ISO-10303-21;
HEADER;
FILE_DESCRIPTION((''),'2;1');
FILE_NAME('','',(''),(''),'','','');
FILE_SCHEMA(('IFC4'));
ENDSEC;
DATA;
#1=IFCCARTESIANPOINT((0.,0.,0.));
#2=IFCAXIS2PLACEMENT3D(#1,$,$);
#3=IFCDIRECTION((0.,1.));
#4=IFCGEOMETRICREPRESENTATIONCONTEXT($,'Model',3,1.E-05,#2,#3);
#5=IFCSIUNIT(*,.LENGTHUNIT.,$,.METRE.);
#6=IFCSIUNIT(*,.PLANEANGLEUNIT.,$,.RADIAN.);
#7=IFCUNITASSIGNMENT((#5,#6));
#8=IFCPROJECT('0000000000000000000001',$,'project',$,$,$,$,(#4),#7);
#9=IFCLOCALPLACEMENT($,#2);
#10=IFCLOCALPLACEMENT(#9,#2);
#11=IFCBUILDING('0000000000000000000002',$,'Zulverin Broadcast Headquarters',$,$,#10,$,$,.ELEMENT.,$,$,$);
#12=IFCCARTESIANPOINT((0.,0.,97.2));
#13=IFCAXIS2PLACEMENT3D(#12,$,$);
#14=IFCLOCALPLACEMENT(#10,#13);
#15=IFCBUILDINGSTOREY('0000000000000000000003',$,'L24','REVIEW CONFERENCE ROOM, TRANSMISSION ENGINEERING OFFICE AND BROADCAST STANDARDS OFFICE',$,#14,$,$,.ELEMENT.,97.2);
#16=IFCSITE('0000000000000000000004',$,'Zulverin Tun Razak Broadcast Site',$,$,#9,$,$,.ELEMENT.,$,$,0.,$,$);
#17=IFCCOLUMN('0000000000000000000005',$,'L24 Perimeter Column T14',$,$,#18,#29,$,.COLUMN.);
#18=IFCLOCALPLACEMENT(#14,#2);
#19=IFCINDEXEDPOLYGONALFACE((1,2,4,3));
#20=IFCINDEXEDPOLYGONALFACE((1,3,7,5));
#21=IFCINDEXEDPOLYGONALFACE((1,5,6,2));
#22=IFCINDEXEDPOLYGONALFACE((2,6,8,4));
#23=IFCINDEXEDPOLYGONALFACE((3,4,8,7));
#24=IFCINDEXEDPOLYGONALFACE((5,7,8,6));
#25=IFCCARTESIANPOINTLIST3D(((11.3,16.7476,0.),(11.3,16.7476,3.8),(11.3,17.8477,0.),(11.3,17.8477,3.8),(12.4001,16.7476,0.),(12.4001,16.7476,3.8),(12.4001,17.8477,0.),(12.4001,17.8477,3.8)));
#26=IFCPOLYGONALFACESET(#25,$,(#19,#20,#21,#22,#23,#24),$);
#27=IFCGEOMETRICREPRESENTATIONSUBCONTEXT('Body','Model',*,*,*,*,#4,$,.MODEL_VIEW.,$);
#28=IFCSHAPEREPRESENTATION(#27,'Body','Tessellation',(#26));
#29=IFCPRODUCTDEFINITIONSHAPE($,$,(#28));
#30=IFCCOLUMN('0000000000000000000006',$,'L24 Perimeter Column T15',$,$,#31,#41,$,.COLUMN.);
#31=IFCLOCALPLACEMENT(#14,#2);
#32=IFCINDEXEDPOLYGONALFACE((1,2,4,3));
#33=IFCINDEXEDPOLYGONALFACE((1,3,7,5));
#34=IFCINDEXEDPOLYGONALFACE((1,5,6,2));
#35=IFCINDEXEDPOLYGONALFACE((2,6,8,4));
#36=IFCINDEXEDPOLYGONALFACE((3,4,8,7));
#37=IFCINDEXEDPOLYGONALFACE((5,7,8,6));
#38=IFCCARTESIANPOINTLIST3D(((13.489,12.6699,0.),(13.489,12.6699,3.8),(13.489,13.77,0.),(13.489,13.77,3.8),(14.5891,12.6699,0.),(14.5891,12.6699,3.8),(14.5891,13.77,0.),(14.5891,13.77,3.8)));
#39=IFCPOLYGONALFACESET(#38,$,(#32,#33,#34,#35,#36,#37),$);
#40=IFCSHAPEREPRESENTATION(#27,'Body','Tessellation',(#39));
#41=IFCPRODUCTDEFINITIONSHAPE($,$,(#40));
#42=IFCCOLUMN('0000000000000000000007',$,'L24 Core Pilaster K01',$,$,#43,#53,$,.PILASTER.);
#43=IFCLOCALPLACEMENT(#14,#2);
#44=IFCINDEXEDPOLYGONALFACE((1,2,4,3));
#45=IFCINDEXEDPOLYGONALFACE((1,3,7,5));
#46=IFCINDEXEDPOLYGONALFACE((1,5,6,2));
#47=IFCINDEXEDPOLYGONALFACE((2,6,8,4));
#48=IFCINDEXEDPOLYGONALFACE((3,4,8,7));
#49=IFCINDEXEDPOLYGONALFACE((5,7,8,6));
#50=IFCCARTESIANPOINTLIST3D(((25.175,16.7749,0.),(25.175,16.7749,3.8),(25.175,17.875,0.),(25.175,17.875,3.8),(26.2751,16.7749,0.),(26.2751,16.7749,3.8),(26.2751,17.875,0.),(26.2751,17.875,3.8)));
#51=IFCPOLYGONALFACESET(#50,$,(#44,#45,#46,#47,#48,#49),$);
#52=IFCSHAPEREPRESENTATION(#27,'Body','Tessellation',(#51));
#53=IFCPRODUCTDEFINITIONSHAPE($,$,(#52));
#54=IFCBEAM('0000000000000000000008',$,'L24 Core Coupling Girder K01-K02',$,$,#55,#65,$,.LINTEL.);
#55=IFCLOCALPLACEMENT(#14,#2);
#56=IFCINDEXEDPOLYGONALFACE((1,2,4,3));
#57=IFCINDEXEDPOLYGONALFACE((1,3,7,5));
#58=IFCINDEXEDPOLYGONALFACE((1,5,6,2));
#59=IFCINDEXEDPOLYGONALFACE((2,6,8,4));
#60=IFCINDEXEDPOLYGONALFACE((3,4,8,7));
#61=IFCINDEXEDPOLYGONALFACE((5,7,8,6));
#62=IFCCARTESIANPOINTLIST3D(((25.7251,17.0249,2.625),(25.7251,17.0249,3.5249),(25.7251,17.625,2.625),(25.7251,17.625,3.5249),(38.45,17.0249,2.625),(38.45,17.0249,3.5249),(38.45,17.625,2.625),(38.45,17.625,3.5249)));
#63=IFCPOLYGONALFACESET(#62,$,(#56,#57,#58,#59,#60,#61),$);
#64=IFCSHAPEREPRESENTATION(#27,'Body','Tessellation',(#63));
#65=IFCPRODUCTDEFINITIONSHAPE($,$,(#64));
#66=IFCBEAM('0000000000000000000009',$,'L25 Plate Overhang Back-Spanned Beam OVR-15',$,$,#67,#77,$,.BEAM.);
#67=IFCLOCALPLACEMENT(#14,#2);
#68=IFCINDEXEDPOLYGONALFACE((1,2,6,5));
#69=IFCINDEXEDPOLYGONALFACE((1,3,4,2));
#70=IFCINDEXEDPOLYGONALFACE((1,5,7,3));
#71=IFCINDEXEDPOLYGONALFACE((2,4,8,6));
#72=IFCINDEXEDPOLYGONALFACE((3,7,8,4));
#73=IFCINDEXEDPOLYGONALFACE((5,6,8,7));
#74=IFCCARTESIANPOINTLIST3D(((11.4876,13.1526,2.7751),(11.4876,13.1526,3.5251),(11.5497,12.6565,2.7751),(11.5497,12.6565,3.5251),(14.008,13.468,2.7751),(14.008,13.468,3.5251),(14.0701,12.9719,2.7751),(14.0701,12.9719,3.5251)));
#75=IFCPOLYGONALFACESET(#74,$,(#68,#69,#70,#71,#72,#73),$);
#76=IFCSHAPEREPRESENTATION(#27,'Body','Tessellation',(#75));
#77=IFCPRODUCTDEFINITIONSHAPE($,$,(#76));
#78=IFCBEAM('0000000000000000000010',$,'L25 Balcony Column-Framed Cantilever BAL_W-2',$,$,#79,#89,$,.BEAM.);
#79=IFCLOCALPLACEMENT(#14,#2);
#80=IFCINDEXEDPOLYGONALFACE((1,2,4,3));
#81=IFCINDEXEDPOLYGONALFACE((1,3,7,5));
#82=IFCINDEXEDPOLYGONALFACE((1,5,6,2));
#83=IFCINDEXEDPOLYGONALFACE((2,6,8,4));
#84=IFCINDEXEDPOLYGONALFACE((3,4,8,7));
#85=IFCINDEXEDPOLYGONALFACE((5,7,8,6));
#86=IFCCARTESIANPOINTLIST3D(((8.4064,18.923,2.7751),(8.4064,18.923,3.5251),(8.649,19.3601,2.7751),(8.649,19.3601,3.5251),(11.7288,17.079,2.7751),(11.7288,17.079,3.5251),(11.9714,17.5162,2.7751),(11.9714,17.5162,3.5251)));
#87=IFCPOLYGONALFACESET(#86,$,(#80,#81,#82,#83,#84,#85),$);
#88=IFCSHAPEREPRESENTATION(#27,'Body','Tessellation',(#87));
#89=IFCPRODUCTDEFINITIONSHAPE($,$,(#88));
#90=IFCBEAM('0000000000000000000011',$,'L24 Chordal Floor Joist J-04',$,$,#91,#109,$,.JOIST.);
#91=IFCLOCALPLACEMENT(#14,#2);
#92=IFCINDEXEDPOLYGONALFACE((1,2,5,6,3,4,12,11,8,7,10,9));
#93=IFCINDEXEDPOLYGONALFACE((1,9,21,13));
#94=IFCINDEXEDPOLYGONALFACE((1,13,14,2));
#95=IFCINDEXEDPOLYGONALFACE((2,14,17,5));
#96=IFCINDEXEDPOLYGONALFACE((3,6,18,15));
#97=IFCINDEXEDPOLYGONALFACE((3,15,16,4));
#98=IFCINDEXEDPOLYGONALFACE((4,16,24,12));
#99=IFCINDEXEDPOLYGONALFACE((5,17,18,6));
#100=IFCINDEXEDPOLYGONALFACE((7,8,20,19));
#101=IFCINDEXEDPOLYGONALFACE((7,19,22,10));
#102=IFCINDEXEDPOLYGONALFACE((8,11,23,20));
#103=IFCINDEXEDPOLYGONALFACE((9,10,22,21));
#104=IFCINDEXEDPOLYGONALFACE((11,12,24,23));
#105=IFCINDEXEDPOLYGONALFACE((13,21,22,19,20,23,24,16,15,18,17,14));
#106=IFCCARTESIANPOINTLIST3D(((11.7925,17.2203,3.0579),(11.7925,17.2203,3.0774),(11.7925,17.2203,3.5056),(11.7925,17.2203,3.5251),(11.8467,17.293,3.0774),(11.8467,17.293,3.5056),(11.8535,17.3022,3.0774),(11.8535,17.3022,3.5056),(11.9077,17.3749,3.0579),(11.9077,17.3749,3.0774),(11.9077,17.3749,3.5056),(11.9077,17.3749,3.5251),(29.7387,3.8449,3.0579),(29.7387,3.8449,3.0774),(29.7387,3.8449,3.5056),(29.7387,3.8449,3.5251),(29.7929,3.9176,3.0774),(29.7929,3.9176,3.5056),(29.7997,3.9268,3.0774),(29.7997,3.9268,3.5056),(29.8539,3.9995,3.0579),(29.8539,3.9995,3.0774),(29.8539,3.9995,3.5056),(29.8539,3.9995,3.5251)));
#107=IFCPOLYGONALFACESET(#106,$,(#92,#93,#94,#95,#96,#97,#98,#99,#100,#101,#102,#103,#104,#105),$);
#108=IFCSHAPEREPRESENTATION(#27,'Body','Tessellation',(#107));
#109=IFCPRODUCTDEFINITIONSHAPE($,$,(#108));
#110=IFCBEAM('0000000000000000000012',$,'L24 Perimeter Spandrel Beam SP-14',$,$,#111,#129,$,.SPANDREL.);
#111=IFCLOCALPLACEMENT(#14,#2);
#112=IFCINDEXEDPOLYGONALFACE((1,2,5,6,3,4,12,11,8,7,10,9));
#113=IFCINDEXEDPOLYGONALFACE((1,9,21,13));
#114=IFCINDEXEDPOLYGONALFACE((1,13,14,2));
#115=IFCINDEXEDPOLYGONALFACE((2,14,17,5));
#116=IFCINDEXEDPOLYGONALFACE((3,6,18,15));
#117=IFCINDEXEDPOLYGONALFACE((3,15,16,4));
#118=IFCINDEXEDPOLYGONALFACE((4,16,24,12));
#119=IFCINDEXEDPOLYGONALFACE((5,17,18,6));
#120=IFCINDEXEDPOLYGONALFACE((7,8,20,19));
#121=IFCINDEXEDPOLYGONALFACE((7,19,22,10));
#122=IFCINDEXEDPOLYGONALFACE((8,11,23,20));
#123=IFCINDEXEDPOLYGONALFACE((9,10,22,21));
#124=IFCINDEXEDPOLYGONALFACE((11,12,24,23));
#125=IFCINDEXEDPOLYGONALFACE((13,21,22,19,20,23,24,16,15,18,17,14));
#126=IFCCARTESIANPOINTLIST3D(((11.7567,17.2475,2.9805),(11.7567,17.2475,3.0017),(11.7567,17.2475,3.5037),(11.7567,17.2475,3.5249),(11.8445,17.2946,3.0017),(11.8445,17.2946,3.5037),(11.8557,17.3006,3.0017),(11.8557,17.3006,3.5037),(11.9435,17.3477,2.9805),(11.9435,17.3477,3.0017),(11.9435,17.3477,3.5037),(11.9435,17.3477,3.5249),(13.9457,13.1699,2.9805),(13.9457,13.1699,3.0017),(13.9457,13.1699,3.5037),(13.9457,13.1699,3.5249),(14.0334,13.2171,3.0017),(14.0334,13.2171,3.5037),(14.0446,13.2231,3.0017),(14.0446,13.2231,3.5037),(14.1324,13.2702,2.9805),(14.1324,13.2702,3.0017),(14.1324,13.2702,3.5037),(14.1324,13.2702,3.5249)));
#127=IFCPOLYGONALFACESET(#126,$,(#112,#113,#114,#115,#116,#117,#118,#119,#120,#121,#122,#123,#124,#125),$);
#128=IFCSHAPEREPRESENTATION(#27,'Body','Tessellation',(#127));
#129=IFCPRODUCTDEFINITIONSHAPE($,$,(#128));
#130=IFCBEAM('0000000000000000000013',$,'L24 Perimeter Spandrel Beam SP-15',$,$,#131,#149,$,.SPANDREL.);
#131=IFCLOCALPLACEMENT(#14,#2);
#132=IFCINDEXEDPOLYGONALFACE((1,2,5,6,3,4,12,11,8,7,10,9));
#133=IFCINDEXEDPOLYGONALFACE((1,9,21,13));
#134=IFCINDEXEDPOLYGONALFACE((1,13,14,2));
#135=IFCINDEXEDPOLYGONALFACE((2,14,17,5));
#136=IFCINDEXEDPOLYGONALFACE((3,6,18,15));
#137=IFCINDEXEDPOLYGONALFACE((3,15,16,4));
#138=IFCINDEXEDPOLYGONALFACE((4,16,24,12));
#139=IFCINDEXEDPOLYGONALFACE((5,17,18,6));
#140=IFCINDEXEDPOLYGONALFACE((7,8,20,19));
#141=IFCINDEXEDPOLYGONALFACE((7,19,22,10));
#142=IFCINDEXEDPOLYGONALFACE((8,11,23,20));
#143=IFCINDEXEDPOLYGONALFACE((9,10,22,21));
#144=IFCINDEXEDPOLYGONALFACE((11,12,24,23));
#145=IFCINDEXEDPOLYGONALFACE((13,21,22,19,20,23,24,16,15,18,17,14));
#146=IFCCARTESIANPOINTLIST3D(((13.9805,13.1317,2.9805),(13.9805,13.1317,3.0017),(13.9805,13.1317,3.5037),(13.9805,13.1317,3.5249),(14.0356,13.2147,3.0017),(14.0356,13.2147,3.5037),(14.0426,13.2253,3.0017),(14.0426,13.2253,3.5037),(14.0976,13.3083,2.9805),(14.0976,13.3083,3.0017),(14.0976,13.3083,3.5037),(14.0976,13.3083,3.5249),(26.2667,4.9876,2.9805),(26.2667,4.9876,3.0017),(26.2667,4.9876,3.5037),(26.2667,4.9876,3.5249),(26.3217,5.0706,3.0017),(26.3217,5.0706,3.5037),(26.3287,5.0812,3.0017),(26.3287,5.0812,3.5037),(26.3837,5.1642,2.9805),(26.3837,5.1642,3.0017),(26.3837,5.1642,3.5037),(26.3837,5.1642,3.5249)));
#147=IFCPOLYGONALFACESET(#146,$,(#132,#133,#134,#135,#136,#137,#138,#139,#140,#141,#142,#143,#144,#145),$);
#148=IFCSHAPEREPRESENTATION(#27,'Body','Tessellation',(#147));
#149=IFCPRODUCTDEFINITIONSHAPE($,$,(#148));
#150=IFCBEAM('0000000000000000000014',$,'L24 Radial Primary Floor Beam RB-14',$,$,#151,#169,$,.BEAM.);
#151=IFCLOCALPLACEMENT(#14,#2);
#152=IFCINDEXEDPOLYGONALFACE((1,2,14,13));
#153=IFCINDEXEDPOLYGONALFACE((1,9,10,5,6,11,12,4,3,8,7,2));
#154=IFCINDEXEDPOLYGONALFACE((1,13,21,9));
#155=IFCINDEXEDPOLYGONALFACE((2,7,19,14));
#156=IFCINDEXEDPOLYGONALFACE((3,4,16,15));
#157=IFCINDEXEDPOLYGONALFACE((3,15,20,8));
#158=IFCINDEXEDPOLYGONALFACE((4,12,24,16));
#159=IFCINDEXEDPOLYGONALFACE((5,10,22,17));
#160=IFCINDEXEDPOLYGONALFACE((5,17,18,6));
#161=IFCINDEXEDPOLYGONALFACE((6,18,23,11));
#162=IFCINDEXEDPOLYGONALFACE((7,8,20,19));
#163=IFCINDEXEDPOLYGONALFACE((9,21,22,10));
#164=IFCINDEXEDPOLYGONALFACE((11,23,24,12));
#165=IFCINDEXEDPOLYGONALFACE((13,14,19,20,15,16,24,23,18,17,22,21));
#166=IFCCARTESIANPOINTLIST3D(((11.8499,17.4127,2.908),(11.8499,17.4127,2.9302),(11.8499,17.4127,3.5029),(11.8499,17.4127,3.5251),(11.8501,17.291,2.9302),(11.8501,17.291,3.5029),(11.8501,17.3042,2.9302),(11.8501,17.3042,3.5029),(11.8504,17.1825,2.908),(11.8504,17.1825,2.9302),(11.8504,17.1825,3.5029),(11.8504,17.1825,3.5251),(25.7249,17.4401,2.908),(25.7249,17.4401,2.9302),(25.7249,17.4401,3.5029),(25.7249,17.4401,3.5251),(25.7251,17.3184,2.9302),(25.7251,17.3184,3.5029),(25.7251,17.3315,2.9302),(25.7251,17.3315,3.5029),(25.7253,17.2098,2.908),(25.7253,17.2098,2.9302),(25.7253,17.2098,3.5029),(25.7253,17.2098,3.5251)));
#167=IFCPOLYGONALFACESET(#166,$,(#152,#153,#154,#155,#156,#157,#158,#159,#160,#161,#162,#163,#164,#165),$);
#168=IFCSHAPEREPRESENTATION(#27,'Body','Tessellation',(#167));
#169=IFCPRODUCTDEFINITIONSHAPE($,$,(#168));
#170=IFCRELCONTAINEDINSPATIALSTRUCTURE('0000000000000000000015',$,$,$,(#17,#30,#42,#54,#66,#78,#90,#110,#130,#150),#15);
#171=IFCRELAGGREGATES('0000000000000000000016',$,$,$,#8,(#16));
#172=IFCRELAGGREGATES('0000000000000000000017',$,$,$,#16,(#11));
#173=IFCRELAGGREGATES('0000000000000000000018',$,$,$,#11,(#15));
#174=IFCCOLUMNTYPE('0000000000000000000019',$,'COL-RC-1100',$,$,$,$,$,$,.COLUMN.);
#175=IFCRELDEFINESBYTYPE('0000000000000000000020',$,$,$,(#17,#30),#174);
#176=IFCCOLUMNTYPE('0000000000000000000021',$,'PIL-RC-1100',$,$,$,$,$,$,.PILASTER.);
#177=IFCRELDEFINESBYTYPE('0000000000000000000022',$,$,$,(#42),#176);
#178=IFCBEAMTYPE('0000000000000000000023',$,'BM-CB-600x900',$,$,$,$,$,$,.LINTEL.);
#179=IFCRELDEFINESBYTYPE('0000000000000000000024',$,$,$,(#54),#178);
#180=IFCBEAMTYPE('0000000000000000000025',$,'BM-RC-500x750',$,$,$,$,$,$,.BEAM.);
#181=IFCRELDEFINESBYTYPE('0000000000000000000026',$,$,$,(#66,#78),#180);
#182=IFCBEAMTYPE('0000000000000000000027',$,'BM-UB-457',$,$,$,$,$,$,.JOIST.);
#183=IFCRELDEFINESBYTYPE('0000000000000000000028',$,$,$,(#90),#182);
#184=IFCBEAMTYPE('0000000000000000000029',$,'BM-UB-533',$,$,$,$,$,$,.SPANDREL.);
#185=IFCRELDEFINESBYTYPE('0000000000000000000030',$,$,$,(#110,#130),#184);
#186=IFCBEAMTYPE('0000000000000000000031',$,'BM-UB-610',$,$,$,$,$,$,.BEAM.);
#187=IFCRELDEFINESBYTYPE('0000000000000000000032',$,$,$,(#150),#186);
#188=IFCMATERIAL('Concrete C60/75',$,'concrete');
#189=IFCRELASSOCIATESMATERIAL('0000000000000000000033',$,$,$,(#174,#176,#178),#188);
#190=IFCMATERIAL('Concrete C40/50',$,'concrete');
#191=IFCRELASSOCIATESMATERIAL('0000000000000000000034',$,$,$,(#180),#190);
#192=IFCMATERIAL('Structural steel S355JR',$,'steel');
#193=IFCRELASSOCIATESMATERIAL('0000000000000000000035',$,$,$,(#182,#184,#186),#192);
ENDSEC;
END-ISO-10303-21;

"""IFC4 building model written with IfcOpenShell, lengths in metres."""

from ifc_helpers import new_model, si_unit, direction, frame, origin, origin_2d, place, context, subcontext, project, spatial, rectangle, i_section, extrude, material, material_profile, profile_set, type_object, element, save


model = new_model("IFC4")

# Units and contexts
model_context = context("Model", 3, precision=1e-05, world=origin(), true_north=direction((0.0, 1.0)))
body_context = subcontext(model_context, "Body", "Model", "MODEL_VIEW")
ifc_project = project(units=[si_unit("LENGTHUNIT", "METRE"), si_unit("PLANEANGLEUNIT", "RADIAN")], contexts=[model_context])

# Site, building, storey
site_placement = place(None, origin())
site = spatial("IfcSite", under=ifc_project, at=site_placement, Name="Zulverin Tun Razak Broadcast Site", CompositionType="ELEMENT", RefElevation=0.0)
building_placement = place(site_placement, origin())
building = spatial("IfcBuilding", under=site, at=building_placement, Name="Zulverin Broadcast Headquarters", CompositionType="ELEMENT")
storey_placement = place(building_placement, frame((0.0, 0.0, 97.2)))
storey = spatial("IfcBuildingStorey", under=building, at=storey_placement, Name="L24", Description="REVIEW CONFERENCE ROOM, TRANSMISSION ENGINEERING OFFICE AND BROADCAST STANDARDS OFFICE", CompositionType="ELEMENT", Elevation=97.2)

# Columns
ifc_material_1 = material(Name="Concrete C60/75", Category="concrete")
ifc_material_profile_1 = material_profile(ifc_material_1, rectangle(XDim=1.1001, YDim=1.1001, at=origin_2d()), Name="Concrete C60/75", Category="concrete")
ifc_profile_set_1 = profile_set([ifc_material_profile_1], Name="Concrete C60/75")
column_type_1 = type_object("IfcColumnType", Name="COL-RC-1100", PredefinedType="COLUMN", material=ifc_profile_set_1)
for number, where, z_axis, x_axis, name in (
    (1, (11.8501, 17.2976, 0.0), (0.0, 0.0, 1.0), (1.0, 0.0, 0.0), "L24 Perimeter Column T14"),
    (2, (14.0391, 13.22, 0.0), (0.0, 0.0, 1.0), (1.0, 0.0, 0.0), "L24 Perimeter Column T15"),
):
    element("IfcColumn", number, at=place(storey_placement, frame(where, z_axis=z_axis, x_axis=x_axis)), inside=storey, type_object=column_type_1, Name=name, PredefinedType="COLUMN", context=body_context, shape_type="SweptSolid", body=[
        extrude(rectangle(XDim=1.1001, YDim=1.1001, at=origin_2d()), origin(), (0.0, 0.0, 1.0), 3.8),
    ])
ifc_material_profile_2 = material_profile(ifc_material_1, rectangle(XDim=1.1001, YDim=1.1001, at=origin_2d()), Name="Concrete C60/75", Category="concrete")
ifc_profile_set_2 = profile_set([ifc_material_profile_2], Name="Concrete C60/75")
column_type_2 = type_object("IfcColumnType", Name="PIL-RC-1100", PredefinedType="PILASTER", material=ifc_profile_set_2)
column_placement = place(storey_placement, frame((25.7251, 17.325, 0.0), z_axis=(0.0, 0.0, 1.0), x_axis=(1.0, 0.0, 0.0)))
element("IfcColumn", 3, at=column_placement, inside=storey, type_object=column_type_2, Name="L24 Core Pilaster K01", PredefinedType="PILASTER", context=body_context, shape_type="SweptSolid", body=[
    extrude(rectangle(XDim=1.1001, YDim=1.1001, at=origin_2d()), origin(), (0.0, 0.0, 1.0), 3.8),
])

# Beams
ifc_material_profile_3 = material_profile(ifc_material_1, rectangle(XDim=0.6001, YDim=0.8999, at=origin_2d()), Name="Concrete C60/75", Category="concrete")
ifc_profile_set_3 = profile_set([ifc_material_profile_3], Name="Concrete C60/75")
beam_type_1 = type_object("IfcBeamType", Name="BM-CB-600x900", PredefinedType="LINTEL", material=ifc_profile_set_3)
beam_1_placement = place(storey_placement, frame((25.7251, 17.325, 3.075), z_axis=(1.0, 0.0, 0.0), x_axis=(0.0, 1.0, 0.0)))
element("IfcBeam", 4, at=beam_1_placement, inside=storey, type_object=beam_type_1, Name="L24 Core Coupling Girder K01-K02", PredefinedType="LINTEL", context=body_context, shape_type="SweptSolid", body=[
    extrude(rectangle(XDim=0.6001, YDim=0.8999, at=origin_2d()), origin(), (0.0, 0.0, 1.0), 12.7249),
])
ifc_material_2 = material(Name="Concrete C40/50", Category="concrete")
ifc_material_profile_4 = material_profile(ifc_material_2, rectangle(XDim=0.5, YDim=0.75, at=origin_2d()), Name="Concrete C40/50", Category="concrete")
ifc_profile_set_4 = profile_set([ifc_material_profile_4], Name="Concrete C40/50")
beam_type_2 = type_object("IfcBeamType", Name="BM-RC-500x750", PredefinedType="BEAM", material=ifc_profile_set_4)
beam_2_placement = place(storey_placement, frame((14.0391, 13.22, 3.1501), z_axis=(-0.992259, -0.124189, 0.0), x_axis=(0.124189, -0.992259, 0.0)))
element("IfcBeam", 5, at=beam_2_placement, inside=storey, type_object=beam_type_2, Name="L25 Plate Overhang Back-Spanned Beam OVR-15", PredefinedType="BEAM", context=body_context, shape_type="SweptSolid", body=[
    extrude(rectangle(XDim=0.5, YDim=0.75, at=origin_2d()), origin(), (0.0, 0.0, 1.0), 2.54),
])
beam_3_placement = place(storey_placement, frame((11.8501, 17.2976, 3.1501), z_axis=(-0.874363, 0.485272, 0.0), x_axis=(-0.485272, -0.874363, 0.0)))
element("IfcBeam", 6, at=beam_3_placement, inside=storey, type_object=beam_type_2, Name="L25 Balcony Column-Framed Cantilever BAL_W-2", PredefinedType="BEAM", context=body_context, shape_type="SweptSolid", body=[
    extrude(rectangle(XDim=0.5, YDim=0.75, at=origin_2d()), origin(), (0.0, 0.0, 1.0), 3.7998),
])
ifc_material_3 = material(Name="Structural steel S355JR", Category="steel")
ifc_material_profile_5 = material_profile(ifc_material_3, i_section(OverallWidth=0.1929, OverallDepth=0.4673, WebThickness=0.0115, FlangeThickness=0.0195, at=origin_2d()), Name="Structural steel S355JR", Category="steel")
ifc_profile_set_5 = profile_set([ifc_material_profile_5], Name="Structural steel S355JR")
beam_type_3 = type_object("IfcBeamType", Name="BM-UB-457", PredefinedType="JOIST", material=ifc_profile_set_5)
beam_4_placement = place(storey_placement, frame((11.8501, 17.2976, 3.2915), z_axis=(0.801803, -0.597589, 0.0), x_axis=(0.597589, 0.801803, 0.0)))
element("IfcBeam", 7, at=beam_4_placement, inside=storey, type_object=beam_type_3, Name="L24 Chordal Floor Joist J-04", PredefinedType="JOIST", context=body_context, shape_type="SweptSolid", body=[
    extrude(i_section(OverallWidth=0.1929, OverallDepth=0.4673, WebThickness=0.0115, FlangeThickness=0.0195, at=origin_2d()), origin(), (0.0, 0.0, 1.0), 22.3823),
])
ifc_material_profile_6 = material_profile(ifc_material_3, i_section(OverallWidth=0.2119, OverallDepth=0.5444, WebThickness=0.0127, FlangeThickness=0.0212, at=origin_2d()), Name="Structural steel S355JR", Category="steel")
ifc_profile_set_6 = profile_set([ifc_material_profile_6], Name="Structural steel S355JR")
beam_type_4 = type_object("IfcBeamType", Name="BM-UB-533", PredefinedType="SPANDREL", material=ifc_profile_set_6)
beam_5_placement = place(storey_placement, frame((11.8501, 17.2976, 3.2527), z_axis=(0.47298, -0.881073, 0.0), x_axis=(0.881073, 0.47298, 0.0)))
element("IfcBeam", 8, at=beam_5_placement, inside=storey, type_object=beam_type_4, Name="L24 Perimeter Spandrel Beam SP-14", PredefinedType="SPANDREL", context=body_context, shape_type="SweptSolid", body=[
    extrude(i_section(OverallWidth=0.2119, OverallDepth=0.5444, WebThickness=0.0127, FlangeThickness=0.0212, at=origin_2d()), origin(), (0.0, 0.0, 1.0), 4.6279),
])
beam_6_placement = place(storey_placement, frame((14.0391, 13.22, 3.2527), z_axis=(0.83351, -0.552504, 0.0), x_axis=(0.552504, 0.83351, 0.0)))
element("IfcBeam", 9, at=beam_6_placement, inside=storey, type_object=beam_type_4, Name="L24 Perimeter Spandrel Beam SP-15", PredefinedType="SPANDREL", context=body_context, shape_type="SweptSolid", body=[
    extrude(i_section(OverallWidth=0.2119, OverallDepth=0.5444, WebThickness=0.0127, FlangeThickness=0.0212, at=origin_2d()), origin(), (0.0, 0.0, 1.0), 14.7402),
])
ifc_material_profile_7 = material_profile(ifc_material_3, i_section(OverallWidth=0.2302, OverallDepth=0.6172, WebThickness=0.0132, FlangeThickness=0.0222, at=origin_2d()), Name="Structural steel S355JR", Category="steel")
ifc_profile_set_7 = profile_set([ifc_material_profile_7], Name="Structural steel S355JR")
beam_type_5 = type_object("IfcBeamType", Name="BM-UB-610", PredefinedType="BEAM", material=ifc_profile_set_7)
beam_7_placement = place(storey_placement, frame((25.7251, 17.325, 3.2166), z_axis=(-0.999998, -0.001971, 0.0), x_axis=(0.001971, -0.999998, 0.0)))
element("IfcBeam", 10, at=beam_7_placement, inside=storey, type_object=beam_type_5, Name="L24 Radial Primary Floor Beam RB-14", PredefinedType="BEAM", context=body_context, shape_type="SweptSolid", body=[
    extrude(i_section(OverallWidth=0.2302, OverallDepth=0.6172, WebThickness=0.0132, FlangeThickness=0.0222, at=origin_2d()), origin(), (0.0, 0.0, 1.0), 13.875),
])

save(model, "model.ifc")
